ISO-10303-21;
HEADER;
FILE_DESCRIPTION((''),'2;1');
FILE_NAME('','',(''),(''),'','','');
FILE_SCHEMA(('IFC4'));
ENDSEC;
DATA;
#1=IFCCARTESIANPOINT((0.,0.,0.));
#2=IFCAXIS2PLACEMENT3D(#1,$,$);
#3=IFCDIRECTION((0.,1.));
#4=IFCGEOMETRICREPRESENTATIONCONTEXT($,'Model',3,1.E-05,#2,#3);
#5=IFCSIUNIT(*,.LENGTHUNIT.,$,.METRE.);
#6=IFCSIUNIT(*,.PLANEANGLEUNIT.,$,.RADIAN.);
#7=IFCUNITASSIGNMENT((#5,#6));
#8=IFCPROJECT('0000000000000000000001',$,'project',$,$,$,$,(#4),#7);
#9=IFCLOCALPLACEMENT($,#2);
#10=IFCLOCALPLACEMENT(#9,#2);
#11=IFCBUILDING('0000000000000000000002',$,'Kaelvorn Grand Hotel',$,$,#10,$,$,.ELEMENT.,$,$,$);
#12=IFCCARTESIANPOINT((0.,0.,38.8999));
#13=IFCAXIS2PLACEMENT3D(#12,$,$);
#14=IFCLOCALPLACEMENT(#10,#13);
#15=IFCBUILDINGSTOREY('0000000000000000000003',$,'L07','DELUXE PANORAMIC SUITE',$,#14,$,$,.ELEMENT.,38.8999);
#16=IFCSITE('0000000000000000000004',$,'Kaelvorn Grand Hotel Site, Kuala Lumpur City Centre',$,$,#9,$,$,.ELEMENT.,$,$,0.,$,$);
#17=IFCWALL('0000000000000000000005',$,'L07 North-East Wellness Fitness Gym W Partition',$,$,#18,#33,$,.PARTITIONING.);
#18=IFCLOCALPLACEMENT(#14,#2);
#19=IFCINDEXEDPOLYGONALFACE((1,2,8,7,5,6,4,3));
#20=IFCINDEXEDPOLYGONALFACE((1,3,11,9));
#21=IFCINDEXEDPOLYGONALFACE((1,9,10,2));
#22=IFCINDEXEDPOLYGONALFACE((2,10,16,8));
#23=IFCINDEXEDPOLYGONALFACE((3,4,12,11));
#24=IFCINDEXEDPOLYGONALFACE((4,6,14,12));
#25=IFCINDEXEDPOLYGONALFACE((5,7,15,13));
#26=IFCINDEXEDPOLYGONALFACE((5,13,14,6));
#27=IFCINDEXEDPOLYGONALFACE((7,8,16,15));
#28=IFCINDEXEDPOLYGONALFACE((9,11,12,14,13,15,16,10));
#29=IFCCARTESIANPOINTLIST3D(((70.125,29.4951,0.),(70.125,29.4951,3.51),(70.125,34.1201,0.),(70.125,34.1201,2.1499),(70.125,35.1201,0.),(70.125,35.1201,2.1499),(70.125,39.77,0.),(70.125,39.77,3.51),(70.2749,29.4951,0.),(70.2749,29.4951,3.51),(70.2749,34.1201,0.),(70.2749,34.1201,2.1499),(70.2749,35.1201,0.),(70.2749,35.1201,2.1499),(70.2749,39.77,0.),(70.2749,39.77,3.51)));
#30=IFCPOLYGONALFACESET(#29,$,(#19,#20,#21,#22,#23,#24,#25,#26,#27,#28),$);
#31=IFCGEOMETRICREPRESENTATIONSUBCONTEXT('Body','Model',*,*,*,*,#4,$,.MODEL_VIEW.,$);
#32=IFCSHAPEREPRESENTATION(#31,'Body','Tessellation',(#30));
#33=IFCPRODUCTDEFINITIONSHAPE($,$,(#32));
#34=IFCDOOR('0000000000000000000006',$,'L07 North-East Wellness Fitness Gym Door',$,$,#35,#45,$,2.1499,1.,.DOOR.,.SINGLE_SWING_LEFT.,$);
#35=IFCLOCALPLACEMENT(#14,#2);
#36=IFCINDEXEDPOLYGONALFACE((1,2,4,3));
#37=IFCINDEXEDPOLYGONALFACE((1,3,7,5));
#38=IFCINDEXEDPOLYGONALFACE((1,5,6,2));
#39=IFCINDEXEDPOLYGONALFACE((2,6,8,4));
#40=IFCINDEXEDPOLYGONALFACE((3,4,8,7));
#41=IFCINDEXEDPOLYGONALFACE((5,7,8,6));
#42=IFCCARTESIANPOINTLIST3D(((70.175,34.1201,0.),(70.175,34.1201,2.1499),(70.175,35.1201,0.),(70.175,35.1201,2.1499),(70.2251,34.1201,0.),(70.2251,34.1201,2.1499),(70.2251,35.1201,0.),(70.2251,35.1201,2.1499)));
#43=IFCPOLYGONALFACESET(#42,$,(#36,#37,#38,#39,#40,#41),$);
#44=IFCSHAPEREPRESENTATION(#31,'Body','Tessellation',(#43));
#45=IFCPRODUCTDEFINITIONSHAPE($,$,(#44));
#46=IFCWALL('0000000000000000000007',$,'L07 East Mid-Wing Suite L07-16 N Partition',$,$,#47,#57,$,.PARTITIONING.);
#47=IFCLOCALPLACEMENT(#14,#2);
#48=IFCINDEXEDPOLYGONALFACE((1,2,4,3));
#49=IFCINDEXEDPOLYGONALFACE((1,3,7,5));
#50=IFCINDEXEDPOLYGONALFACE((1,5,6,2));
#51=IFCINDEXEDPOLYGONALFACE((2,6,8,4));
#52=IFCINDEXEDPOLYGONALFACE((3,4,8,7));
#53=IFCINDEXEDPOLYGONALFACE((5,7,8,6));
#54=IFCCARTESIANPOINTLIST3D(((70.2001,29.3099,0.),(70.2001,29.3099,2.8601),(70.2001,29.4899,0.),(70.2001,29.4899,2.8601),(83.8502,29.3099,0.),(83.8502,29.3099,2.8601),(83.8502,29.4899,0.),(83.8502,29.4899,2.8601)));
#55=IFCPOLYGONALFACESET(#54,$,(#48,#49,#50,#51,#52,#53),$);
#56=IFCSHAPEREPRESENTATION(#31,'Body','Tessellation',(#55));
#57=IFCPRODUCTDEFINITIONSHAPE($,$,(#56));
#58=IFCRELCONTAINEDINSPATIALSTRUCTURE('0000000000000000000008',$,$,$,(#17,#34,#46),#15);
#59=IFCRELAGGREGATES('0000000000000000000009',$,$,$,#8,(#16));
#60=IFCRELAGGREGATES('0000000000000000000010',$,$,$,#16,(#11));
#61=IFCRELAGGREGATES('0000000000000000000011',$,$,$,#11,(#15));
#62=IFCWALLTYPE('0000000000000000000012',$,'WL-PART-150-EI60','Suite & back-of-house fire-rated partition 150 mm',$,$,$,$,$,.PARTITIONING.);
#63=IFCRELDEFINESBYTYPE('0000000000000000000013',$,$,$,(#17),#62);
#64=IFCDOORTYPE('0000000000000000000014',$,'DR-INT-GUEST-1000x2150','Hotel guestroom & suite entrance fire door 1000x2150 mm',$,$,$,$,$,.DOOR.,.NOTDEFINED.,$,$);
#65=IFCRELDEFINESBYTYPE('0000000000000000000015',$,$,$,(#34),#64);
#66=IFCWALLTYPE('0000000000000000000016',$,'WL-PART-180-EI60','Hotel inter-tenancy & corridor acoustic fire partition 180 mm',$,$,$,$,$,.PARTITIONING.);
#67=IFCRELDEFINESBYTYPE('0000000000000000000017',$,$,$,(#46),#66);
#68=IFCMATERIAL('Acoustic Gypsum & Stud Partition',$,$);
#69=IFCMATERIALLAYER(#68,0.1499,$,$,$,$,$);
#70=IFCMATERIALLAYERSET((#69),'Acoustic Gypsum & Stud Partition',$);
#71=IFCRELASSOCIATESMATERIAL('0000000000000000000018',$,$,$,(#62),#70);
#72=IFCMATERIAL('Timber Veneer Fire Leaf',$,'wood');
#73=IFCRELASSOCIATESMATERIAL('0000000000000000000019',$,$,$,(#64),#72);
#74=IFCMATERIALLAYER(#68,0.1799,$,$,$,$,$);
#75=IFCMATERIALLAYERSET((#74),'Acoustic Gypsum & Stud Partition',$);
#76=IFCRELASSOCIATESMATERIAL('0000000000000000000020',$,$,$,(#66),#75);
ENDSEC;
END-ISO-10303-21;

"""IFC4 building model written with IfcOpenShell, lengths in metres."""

from ifc_helpers import new_model, si_unit, direction, frame, frame_2d, origin, place, context, subcontext, project, spatial, rectangle, extrude, material, layer, layer_set, type_object, element, fill, save


model = new_model("IFC4")

# Units and contexts
model_context = context("Model", 3, precision=1e-05, world=origin(), true_north=direction((0.0, 1.0)))
body_context = subcontext(model_context, "Body", "Model", "MODEL_VIEW")
ifc_project = project(units=[si_unit("LENGTHUNIT", "METRE"), si_unit("PLANEANGLEUNIT", "RADIAN")], contexts=[model_context])

# Site, building, storey
site_placement = place(None, origin())
site = spatial("IfcSite", under=ifc_project, at=site_placement, Name="Kaelvorn Grand Hotel Site, Kuala Lumpur City Centre", CompositionType="ELEMENT", RefElevation=0.0)
building_placement = place(site_placement, origin())
building = spatial("IfcBuilding", under=site, at=building_placement, Name="Kaelvorn Grand Hotel", CompositionType="ELEMENT")
storey_placement = place(building_placement, frame((0.0, 0.0, 38.8999)))
storey = spatial("IfcBuildingStorey", under=building, at=storey_placement, Name="L07", Description="DELUXE PANORAMIC SUITE", CompositionType="ELEMENT", Elevation=38.8999)

# Wall, opening, door
ifc_material_1 = material(Name="Acoustic Gypsum & Stud Partition")
ifc_layer_1 = layer(ifc_material_1, 0.1499)
ifc_layer_set_1 = layer_set([ifc_layer_1], Name="Acoustic Gypsum & Stud Partition")
wall_type_1 = type_object("IfcWallType", Name="WL-PART-150-EI60", Description="Suite & back-of-house fire-rated partition 150 mm", PredefinedType="PARTITIONING", material=ifc_layer_set_1)
wall_1_placement = place(storey_placement, frame((70.2, 29.4951, 0.0), z_axis=(0.0, 0.0, 1.0), x_axis=(0.0, 1.0, 0.0)))
wall_1 = element("IfcWall", 1, at=wall_1_placement, inside=storey, type_object=wall_type_1, Name="L07 North-East Wellness Fitness Gym W Partition", PredefinedType="PARTITIONING", context=body_context, shape_type="SweptSolid", body=[
    extrude(rectangle(XDim=10.2749, YDim=0.1499, at=frame_2d((5.1375, 0.0))), origin(), (0.0, 0.0, 1.0), 3.51),
])
opening_placement = place(wall_1_placement, frame((4.625, 0.0, 0.0)))
opening = element("IfcOpeningElement", 2, at=opening_placement, cuts=wall_1, PredefinedType="OPENING", context=body_context, shape_type="SweptSolid", body=[
    extrude(rectangle(XDim=1.0, YDim=2.1499, at=frame_2d((0.5, 1.075))), frame((0.0, 0.085, 0.0), z_axis=(0.0, -1.0, 0.0), x_axis=(1.0, 0.0, 0.0)), (0.0, 0.0, 1.0), 0.1699),
])
ifc_material_2 = material(Name="Timber Veneer Fire Leaf", Category="wood")
door_type = type_object("IfcDoorType", Name="DR-INT-GUEST-1000x2150", Description="Hotel guestroom & suite entrance fire door 1000x2150 mm", OperationType="NOTDEFINED", PredefinedType="DOOR", material=ifc_material_2)
door_placement = place(opening_placement, origin())
door = element("IfcDoor", 3, at=door_placement, inside=storey, type_object=door_type, Name="L07 North-East Wellness Fitness Gym Door", OperationType="SINGLE_SWING_LEFT", OverallHeight=2.1499, OverallWidth=1.0, PredefinedType="DOOR", context=body_context, shape_type="SweptSolid", body=[
    extrude(rectangle(XDim=1.0, YDim=2.1499, at=frame_2d((0.5, 1.075))), frame((0.0, 0.0249, 0.0), z_axis=(0.0, -1.0, 0.0), x_axis=(1.0, 0.0, 0.0)), (0.0, 0.0, 1.0), 0.05),
])
fill(opening, door)

# Wall
ifc_layer_2 = layer(ifc_material_1, 0.1799)
ifc_layer_set_2 = layer_set([ifc_layer_2], Name="Acoustic Gypsum & Stud Partition")
wall_type_2 = type_object("IfcWallType", Name="WL-PART-180-EI60", Description="Hotel inter-tenancy & corridor acoustic fire partition 180 mm", PredefinedType="PARTITIONING", material=ifc_layer_set_2)
wall_2_placement = place(storey_placement, frame((70.2, 29.3999, 0.0), z_axis=(0.0, 0.0, 1.0), x_axis=(1.0, 0.0, 0.0)))
element("IfcWall", 4, at=wall_2_placement, inside=storey, type_object=wall_type_2, Name="L07 East Mid-Wing Suite L07-16 N Partition", PredefinedType="PARTITIONING", context=body_context, shape_type="SweptSolid", body=[
    extrude(rectangle(XDim=13.6501, YDim=0.1799, at=frame_2d((6.8252, 0.0))), origin(), (0.0, 0.0, 1.0), 2.8601),
])

save(model, "model.ifc")
